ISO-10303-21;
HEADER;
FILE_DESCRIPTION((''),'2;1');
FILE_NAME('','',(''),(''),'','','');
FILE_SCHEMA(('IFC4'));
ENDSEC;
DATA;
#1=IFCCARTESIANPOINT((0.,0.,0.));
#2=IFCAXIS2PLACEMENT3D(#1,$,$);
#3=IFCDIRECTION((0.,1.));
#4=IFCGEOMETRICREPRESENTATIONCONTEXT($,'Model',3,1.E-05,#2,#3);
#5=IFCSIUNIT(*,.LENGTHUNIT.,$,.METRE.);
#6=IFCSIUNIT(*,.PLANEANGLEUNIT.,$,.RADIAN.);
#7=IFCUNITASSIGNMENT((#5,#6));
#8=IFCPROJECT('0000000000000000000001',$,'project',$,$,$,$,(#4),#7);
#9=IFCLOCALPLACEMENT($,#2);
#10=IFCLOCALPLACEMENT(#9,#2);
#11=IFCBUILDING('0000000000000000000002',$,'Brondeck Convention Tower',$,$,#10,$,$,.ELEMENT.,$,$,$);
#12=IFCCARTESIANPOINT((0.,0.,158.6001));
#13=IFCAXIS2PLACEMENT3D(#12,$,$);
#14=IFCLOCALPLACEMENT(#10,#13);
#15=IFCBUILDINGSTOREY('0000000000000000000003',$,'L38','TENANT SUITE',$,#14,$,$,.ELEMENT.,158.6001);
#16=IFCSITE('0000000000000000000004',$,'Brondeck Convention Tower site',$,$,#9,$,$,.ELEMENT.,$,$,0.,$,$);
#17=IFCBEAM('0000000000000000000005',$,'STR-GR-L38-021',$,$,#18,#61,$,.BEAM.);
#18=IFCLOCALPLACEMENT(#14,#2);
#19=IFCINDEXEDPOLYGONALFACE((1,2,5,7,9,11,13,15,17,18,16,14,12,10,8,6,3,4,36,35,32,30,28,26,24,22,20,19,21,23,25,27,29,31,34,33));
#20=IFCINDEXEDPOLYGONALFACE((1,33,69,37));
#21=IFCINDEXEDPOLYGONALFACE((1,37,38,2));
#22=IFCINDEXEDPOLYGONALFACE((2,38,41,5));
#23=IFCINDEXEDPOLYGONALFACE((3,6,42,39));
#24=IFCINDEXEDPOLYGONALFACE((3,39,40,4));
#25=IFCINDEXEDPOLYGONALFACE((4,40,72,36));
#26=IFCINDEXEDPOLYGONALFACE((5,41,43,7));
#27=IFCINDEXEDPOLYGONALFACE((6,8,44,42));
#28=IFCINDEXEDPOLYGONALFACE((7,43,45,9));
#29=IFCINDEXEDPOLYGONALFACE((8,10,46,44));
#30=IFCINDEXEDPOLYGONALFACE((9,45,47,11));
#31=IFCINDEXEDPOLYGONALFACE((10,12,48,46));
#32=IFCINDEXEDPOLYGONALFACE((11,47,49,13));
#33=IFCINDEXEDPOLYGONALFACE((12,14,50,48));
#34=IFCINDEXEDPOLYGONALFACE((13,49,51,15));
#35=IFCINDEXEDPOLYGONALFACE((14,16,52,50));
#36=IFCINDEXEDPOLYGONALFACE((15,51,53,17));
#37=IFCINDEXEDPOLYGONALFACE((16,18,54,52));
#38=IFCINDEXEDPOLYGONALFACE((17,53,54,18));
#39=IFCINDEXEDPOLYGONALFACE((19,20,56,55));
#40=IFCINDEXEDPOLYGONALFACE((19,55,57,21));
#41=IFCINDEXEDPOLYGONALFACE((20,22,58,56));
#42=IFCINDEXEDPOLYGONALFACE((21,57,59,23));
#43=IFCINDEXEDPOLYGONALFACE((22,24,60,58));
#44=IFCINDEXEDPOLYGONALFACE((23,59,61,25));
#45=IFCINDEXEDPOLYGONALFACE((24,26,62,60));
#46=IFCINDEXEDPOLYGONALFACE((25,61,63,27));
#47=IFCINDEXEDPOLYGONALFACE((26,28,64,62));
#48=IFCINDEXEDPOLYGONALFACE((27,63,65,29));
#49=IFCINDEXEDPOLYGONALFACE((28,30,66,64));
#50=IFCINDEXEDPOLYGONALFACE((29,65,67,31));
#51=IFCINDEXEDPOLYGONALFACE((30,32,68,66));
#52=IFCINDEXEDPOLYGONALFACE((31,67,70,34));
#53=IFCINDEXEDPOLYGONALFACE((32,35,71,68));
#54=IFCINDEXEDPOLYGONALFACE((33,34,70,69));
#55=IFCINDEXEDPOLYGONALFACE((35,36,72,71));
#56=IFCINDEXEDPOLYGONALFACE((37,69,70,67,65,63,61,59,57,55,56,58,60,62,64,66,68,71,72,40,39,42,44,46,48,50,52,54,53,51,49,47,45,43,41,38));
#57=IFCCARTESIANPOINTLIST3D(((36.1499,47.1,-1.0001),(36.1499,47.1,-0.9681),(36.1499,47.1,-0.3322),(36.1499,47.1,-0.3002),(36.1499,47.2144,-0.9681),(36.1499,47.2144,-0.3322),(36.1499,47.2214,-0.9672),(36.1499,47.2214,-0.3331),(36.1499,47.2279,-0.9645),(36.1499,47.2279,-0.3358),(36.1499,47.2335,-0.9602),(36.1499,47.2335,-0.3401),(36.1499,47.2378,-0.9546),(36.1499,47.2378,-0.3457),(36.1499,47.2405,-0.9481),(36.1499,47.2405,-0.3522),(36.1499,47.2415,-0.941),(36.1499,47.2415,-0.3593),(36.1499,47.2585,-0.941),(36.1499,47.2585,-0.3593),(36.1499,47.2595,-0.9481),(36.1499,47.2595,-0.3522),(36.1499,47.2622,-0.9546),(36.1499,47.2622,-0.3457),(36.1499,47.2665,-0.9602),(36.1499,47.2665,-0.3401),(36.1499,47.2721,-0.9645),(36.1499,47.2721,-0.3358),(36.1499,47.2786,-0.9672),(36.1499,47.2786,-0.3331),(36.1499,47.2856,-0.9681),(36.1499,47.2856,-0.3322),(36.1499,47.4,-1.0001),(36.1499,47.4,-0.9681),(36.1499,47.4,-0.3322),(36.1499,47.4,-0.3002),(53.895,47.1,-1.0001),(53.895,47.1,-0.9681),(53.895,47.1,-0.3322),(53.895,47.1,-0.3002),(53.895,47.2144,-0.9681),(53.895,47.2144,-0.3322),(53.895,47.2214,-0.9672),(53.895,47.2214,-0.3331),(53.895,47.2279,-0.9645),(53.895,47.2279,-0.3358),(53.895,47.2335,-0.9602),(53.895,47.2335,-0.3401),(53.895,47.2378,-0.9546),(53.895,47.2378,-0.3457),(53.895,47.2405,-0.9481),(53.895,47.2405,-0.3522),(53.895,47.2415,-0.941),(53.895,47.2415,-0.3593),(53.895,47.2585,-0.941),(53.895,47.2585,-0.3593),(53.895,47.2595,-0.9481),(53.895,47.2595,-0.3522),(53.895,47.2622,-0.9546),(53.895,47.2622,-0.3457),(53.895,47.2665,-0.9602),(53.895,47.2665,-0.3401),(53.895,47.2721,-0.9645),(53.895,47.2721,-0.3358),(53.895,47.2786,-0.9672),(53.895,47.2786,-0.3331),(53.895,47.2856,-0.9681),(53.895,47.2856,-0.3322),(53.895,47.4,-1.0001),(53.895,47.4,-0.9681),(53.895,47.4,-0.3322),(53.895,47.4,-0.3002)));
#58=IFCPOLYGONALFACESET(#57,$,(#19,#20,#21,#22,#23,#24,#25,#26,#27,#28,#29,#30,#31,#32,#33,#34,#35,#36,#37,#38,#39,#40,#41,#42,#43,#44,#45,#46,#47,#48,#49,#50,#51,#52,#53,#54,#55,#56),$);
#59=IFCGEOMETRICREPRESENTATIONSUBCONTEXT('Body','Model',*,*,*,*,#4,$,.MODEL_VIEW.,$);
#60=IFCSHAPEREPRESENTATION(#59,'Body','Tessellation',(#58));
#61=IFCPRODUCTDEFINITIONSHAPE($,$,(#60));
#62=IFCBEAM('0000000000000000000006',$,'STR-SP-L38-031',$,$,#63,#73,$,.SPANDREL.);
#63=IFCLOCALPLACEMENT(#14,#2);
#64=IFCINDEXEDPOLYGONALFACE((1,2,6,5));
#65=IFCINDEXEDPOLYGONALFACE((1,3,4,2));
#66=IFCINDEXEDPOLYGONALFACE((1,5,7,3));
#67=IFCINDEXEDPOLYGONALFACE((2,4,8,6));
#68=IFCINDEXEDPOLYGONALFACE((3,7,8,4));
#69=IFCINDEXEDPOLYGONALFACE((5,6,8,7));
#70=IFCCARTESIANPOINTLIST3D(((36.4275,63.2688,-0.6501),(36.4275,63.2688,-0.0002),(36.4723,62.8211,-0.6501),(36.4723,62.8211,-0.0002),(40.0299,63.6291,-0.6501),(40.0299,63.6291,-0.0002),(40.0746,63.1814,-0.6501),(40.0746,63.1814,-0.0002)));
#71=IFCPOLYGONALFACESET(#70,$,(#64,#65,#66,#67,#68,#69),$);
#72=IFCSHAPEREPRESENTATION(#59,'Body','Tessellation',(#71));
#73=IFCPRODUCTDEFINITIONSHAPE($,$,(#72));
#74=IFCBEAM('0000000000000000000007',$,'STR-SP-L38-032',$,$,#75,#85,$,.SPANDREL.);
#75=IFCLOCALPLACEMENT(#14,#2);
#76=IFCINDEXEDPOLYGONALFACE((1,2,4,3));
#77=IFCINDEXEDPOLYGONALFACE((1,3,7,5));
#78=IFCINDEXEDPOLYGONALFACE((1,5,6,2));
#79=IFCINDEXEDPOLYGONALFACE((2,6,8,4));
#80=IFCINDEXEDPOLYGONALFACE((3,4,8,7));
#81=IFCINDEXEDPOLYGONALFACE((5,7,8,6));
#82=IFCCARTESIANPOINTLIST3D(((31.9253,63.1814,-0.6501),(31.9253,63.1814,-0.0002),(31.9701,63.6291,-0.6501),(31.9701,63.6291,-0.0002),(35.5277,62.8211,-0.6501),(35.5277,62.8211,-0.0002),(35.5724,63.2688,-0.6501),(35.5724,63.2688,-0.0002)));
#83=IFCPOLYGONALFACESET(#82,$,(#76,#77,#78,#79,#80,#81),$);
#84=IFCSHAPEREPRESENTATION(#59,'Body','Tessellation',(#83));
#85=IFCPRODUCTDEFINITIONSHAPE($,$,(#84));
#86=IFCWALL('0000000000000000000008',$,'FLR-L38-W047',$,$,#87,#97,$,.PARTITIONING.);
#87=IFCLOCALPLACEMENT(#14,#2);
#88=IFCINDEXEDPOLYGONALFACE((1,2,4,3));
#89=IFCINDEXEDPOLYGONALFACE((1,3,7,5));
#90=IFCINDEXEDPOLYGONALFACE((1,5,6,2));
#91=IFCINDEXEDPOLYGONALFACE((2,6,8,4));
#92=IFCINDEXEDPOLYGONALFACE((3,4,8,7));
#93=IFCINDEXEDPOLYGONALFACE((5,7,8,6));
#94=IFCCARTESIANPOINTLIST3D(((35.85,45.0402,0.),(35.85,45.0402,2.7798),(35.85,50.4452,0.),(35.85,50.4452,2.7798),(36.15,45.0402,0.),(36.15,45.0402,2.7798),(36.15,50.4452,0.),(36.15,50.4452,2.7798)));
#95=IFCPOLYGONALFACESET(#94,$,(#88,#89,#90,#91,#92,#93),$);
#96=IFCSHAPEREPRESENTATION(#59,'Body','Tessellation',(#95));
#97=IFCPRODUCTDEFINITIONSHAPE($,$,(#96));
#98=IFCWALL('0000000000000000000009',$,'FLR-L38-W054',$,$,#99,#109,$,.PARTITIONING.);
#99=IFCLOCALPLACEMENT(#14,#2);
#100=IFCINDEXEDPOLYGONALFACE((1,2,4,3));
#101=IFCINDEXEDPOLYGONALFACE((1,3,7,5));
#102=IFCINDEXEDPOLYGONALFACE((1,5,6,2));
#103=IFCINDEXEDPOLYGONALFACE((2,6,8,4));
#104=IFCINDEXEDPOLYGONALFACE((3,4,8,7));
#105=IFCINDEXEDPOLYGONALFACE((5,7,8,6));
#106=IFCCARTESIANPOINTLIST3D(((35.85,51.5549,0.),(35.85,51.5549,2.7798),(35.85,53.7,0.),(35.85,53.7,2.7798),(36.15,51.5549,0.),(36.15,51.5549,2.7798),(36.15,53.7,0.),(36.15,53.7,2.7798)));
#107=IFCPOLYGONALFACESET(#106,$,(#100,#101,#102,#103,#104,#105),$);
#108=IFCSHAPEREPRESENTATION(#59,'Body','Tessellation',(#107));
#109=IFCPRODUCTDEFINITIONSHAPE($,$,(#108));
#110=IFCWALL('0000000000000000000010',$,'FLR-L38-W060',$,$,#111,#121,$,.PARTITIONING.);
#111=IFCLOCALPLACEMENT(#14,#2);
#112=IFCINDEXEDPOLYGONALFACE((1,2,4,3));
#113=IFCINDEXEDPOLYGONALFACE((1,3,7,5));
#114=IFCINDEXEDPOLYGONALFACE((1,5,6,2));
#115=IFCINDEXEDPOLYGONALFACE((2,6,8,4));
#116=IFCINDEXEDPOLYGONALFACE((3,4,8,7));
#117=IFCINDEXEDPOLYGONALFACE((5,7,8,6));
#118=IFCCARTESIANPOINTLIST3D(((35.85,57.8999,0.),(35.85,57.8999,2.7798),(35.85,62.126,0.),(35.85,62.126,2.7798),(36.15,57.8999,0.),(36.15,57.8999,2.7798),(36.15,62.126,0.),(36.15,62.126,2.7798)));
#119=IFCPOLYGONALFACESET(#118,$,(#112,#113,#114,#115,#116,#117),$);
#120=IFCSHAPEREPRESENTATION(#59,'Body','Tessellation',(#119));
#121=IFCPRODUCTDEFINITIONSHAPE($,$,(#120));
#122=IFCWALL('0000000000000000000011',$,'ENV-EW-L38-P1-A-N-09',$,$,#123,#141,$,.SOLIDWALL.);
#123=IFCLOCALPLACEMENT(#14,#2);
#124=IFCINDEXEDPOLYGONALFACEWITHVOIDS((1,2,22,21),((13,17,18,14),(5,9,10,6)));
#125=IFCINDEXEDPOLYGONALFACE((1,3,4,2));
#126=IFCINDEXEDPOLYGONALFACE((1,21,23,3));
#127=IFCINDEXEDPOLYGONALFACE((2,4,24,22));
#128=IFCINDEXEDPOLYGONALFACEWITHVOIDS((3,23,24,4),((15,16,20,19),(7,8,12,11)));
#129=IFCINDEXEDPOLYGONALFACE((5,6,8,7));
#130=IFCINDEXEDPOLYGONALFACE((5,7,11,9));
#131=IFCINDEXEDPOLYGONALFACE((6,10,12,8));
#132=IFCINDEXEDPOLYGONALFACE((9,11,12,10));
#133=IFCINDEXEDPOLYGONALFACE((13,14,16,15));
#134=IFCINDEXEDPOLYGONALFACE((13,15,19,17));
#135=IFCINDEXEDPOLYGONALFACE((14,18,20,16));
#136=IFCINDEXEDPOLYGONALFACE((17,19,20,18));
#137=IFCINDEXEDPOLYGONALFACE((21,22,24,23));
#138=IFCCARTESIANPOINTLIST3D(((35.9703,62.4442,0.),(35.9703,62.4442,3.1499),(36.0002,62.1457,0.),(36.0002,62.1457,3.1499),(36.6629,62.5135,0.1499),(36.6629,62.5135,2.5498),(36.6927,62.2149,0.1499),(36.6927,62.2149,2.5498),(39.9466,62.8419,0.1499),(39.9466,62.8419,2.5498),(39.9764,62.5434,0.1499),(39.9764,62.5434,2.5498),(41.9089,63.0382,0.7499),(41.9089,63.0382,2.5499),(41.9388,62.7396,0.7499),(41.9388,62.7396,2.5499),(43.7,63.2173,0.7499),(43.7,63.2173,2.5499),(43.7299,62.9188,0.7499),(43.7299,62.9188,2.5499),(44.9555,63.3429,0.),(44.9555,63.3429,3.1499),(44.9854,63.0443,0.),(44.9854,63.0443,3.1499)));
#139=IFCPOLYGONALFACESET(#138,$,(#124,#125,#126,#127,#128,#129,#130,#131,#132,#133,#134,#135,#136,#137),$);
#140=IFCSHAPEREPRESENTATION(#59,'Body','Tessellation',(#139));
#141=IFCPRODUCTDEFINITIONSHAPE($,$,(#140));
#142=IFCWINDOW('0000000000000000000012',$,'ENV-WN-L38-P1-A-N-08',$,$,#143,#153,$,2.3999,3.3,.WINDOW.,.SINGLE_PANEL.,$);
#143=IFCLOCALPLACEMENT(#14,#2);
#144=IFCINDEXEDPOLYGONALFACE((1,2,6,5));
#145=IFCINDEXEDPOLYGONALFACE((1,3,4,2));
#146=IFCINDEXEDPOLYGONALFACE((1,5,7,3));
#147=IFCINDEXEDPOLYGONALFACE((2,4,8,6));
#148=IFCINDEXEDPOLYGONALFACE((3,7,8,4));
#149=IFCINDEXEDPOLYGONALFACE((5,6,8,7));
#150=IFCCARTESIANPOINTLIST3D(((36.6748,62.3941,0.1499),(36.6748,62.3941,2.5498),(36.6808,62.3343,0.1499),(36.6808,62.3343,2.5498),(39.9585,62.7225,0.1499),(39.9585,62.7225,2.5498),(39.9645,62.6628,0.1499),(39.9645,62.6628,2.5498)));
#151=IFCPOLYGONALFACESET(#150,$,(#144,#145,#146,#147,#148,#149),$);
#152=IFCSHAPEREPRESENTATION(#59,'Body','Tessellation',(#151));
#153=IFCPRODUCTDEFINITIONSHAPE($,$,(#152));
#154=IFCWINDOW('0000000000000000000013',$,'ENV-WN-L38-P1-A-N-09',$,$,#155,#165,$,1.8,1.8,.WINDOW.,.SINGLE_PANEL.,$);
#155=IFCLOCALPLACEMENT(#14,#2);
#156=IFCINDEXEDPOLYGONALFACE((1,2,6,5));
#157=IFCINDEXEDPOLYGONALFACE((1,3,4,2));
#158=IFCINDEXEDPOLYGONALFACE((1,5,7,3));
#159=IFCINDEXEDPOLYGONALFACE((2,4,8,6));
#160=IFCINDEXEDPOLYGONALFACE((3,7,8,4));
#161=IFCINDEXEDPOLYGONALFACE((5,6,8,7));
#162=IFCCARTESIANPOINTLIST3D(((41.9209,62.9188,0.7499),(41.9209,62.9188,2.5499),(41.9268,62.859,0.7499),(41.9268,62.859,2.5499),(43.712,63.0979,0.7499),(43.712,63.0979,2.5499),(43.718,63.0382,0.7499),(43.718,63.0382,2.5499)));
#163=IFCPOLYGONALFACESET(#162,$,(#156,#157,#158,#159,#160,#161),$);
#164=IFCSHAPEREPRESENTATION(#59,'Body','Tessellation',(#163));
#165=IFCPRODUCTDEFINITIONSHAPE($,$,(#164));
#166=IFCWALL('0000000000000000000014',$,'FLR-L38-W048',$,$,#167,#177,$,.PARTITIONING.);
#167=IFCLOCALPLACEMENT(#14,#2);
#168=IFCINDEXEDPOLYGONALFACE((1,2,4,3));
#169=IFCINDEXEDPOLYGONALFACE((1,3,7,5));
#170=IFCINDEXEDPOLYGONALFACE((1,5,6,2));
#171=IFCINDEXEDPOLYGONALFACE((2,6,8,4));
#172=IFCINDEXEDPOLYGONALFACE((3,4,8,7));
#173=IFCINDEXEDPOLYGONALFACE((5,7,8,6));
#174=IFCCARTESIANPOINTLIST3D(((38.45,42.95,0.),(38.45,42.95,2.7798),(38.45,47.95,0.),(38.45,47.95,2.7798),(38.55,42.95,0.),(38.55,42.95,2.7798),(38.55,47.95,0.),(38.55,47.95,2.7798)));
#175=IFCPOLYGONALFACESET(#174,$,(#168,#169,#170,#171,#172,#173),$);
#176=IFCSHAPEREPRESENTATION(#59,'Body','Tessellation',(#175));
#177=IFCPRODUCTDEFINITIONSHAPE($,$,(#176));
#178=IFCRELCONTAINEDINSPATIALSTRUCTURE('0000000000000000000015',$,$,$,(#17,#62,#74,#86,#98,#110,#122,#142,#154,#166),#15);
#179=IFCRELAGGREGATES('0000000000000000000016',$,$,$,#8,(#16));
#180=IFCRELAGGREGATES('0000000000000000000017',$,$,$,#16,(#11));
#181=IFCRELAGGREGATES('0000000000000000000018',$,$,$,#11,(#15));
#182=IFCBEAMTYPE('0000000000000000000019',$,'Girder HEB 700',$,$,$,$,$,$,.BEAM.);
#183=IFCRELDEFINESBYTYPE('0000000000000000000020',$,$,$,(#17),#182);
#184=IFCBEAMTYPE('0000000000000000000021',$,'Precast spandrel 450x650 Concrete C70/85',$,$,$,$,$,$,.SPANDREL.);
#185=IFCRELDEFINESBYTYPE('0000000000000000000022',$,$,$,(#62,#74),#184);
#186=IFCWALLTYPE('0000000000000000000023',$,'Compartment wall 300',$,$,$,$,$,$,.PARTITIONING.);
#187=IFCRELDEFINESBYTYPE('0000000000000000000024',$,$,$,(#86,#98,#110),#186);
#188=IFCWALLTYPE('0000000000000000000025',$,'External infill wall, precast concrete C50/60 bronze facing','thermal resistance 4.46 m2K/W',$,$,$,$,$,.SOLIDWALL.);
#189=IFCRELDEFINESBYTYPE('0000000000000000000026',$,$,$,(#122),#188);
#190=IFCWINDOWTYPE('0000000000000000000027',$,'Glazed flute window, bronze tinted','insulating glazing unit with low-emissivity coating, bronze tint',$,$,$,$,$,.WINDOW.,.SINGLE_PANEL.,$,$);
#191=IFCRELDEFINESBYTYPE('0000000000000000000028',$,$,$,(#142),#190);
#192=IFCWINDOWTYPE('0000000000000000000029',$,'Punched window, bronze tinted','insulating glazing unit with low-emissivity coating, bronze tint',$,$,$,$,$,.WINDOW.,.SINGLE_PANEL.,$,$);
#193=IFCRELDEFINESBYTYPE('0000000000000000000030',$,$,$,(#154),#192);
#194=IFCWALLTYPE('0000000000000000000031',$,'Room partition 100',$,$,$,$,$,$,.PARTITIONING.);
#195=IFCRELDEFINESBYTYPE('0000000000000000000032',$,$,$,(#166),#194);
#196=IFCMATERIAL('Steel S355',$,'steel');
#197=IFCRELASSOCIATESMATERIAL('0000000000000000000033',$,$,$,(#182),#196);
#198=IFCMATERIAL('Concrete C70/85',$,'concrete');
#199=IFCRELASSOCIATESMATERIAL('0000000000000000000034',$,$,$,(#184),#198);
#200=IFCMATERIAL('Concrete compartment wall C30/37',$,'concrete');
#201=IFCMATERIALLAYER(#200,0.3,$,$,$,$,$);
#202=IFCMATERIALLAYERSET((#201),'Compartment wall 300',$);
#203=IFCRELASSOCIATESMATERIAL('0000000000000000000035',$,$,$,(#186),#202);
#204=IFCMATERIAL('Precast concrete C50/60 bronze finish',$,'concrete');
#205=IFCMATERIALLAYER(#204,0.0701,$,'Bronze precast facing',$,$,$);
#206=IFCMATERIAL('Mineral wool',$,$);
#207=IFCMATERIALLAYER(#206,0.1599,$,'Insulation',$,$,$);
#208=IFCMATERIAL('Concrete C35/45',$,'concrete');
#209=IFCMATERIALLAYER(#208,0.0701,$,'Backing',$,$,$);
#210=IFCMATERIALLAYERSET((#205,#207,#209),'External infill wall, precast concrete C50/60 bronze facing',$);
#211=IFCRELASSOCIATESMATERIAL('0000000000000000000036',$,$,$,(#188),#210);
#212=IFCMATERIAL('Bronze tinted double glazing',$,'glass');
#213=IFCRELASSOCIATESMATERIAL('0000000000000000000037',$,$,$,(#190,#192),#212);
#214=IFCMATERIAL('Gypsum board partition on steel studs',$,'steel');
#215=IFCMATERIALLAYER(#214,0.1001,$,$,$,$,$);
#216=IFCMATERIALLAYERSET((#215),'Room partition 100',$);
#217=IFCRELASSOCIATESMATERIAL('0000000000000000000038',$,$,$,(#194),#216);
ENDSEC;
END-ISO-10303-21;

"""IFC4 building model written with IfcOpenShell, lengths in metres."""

from ifc_helpers import new_model, si_unit, direction, frame, frame_2d, origin, origin_2d, place, context, subcontext, project, spatial, rectangle, i_section, extrude, material, layer, layer_set, material_profile, profile_set, type_object, element, fill, save


model = new_model("IFC4")

# Units and contexts
model_context = context("Model", 3, precision=1e-05, world=origin(), true_north=direction((0.0, 1.0)))
body_context = subcontext(model_context, "Body", "Model", "MODEL_VIEW")
ifc_project = project(units=[si_unit("LENGTHUNIT", "METRE"), si_unit("PLANEANGLEUNIT", "RADIAN")], contexts=[model_context])

# Site, building, storey
site_placement = place(None, origin())
site = spatial("IfcSite", under=ifc_project, at=site_placement, Name="Brondeck Convention Tower site", CompositionType="ELEMENT", RefElevation=0.0)
building_placement = place(site_placement, origin())
building = spatial("IfcBuilding", under=site, at=building_placement, Name="Brondeck Convention Tower", CompositionType="ELEMENT")
storey_placement = place(building_placement, frame((0.0, 0.0, 158.6001)))
storey = spatial("IfcBuildingStorey", under=building, at=storey_placement, Name="L38", Description="TENANT SUITE", CompositionType="ELEMENT", Elevation=158.6001)

# Shared definitions
ifc_material_1 = material(Name="Concrete C70/85", Category="concrete")

# Beams
ifc_material_2 = material(Name="Steel S355", Category="steel")
ifc_material_profile_1 = material_profile(ifc_material_2, i_section(OverallWidth=0.3, OverallDepth=0.7, WebThickness=0.0171, FlangeThickness=0.032, FilletRadius=0.0271, at=origin_2d()), Name="HEB 700")
ifc_profile_set_1 = profile_set([ifc_material_profile_1], Name="Steel S355")
beam_type_1 = type_object("IfcBeamType", Name="Girder HEB 700", PredefinedType="BEAM", material=ifc_profile_set_1)
beam_1_placement = place(storey_placement, frame((36.1499, 47.25, -0.6501), z_axis=(1.0, 0.0, 0.0), x_axis=(0.0, 1.0, 0.0)))
element("IfcBeam", 1, at=beam_1_placement, inside=storey, type_object=beam_type_1, Name="STR-GR-L38-021", PredefinedType="BEAM", context=body_context, shape_type="SweptSolid", body=[
    extrude(i_section(OverallWidth=0.3, OverallDepth=0.7, WebThickness=0.0171, FlangeThickness=0.032, FilletRadius=0.0271, at=origin_2d()), origin(), (0.0, 0.0, 1.0), 17.7451),
])
ifc_material_profile_2 = material_profile(ifc_material_1, rectangle(XDim=0.45, YDim=0.6499, at=origin_2d()), Name="Precast spandrel 450x650 Concrete C70/85")
ifc_profile_set_2 = profile_set([ifc_material_profile_2], Name="Concrete C70/85")
beam_type_2 = type_object("IfcBeamType", Name="Precast spandrel 450x650 Concrete C70/85", PredefinedType="SPANDREL", material=ifc_profile_set_2)
for number, where, z_axis, x_axis, name in (
    (2, (40.0522, 63.4053, -0.3252), (-0.995034, -0.099537, 0.0), (0.099537, -0.995034, 0.0), "STR-SP-L38-031"),
    (3, (35.55, 63.0449, -0.3252), (-0.995034, 0.099537, 0.0), (-0.099537, -0.995034, 0.0), "STR-SP-L38-032"),
):
    element("IfcBeam", number, at=place(storey_placement, frame(where, z_axis=z_axis, x_axis=x_axis)), inside=storey, type_object=beam_type_2, Name=name, PredefinedType="SPANDREL", context=body_context, shape_type="SweptSolid", body=[
        extrude(rectangle(XDim=0.45, YDim=0.6499, at=origin_2d()), origin(), (0.0, 0.0, 1.0), 3.6204),
    ])

# Walls
ifc_material_3 = material(Name="Concrete compartment wall C30/37", Category="concrete")
ifc_layer_1 = layer(ifc_material_3, 0.3)
ifc_layer_set_1 = layer_set([ifc_layer_1], Name="Compartment wall 300")
wall_type_1 = type_object("IfcWallType", Name="Compartment wall 300", PredefinedType="PARTITIONING", material=ifc_layer_set_1)
wall_1_placement = place(storey_placement, frame((36.0, 45.04, 0.0), z_axis=(0.0, 0.0, 1.0), x_axis=(0.0, 1.0, 0.0)))
element("IfcWall", 4, at=wall_1_placement, inside=storey, type_object=wall_type_1, Name="FLR-L38-W047", PredefinedType="PARTITIONING", context=body_context, shape_type="SweptSolid", body=[
    extrude(rectangle(XDim=5.405, YDim=0.3, at=frame_2d((2.7026, 0.0))), origin(), (0.0, 0.0, 1.0), 2.7798),
])
wall_2_placement = place(storey_placement, frame((36.0, 51.5549, 0.0), z_axis=(0.0, 0.0, 1.0), x_axis=(0.0, 1.0, 0.0)))
element("IfcWall", 5, at=wall_2_placement, inside=storey, type_object=wall_type_1, Name="FLR-L38-W054", PredefinedType="PARTITIONING", context=body_context, shape_type="SweptSolid", body=[
    extrude(rectangle(XDim=2.145, YDim=0.3, at=frame_2d((1.0725, 0.0))), origin(), (0.0, 0.0, 1.0), 2.7798),
])
wall_3_placement = place(storey_placement, frame((36.0, 57.8999, 0.0), z_axis=(0.0, 0.0, 1.0), x_axis=(0.0, 1.0, 0.0)))
element("IfcWall", 6, at=wall_3_placement, inside=storey, type_object=wall_type_1, Name="FLR-L38-W060", PredefinedType="PARTITIONING", context=body_context, shape_type="SweptSolid", body=[
    extrude(rectangle(XDim=4.2261, YDim=0.3, at=frame_2d((2.113, 0.0))), origin(), (0.0, 0.0, 1.0), 2.7798),
])

# Wall, openings, windows
ifc_material_4 = material(Name="Precast concrete C50/60 bronze finish", Category="concrete")
ifc_layer_2 = layer(ifc_material_4, 0.0701, Name="Bronze precast facing")
ifc_material_5 = material(Name="Mineral wool")
ifc_layer_3 = layer(ifc_material_5, 0.1599, Name="Insulation")
ifc_material_6 = material(Name="Concrete C35/45", Category="concrete")
ifc_layer_4 = layer(ifc_material_6, 0.0701, Name="Backing")
ifc_layer_set_2 = layer_set([ifc_layer_2, ifc_layer_3, ifc_layer_4], Name="External infill wall, precast concrete C50/60 bronze facing")
wall_type_2 = type_object("IfcWallType", Name="External infill wall, precast concrete C50/60 bronze facing", Description="thermal resistance 4.46 m2K/W", PredefinedType="SOLIDWALL", material=ifc_layer_set_2)
wall_4_placement = place(storey_placement, frame((35.9851, 62.2949, 0.0), z_axis=(0.0, 0.0, 1.0), x_axis=(0.995035, 0.099522, 0.0)))
wall_4 = element("IfcWall", 7, at=wall_4_placement, inside=storey, type_object=wall_type_2, Name="ENV-EW-L38-P1-A-N-09", PredefinedType="SOLIDWALL", context=body_context, shape_type="SweptSolid", body=[
    extrude(rectangle(XDim=9.03, YDim=0.3, at=frame_2d((4.5151, 0.0))), origin(), (0.0, 0.0, 1.0), 3.1499),
])
opening_1_placement = place(wall_4_placement, frame((0.6963, 0.0, 0.1499)))
opening_1 = element("IfcOpeningElement", 8, at=opening_1_placement, cuts=wall_4, PredefinedType="OPENING", context=body_context, shape_type="SweptSolid", body=[
    extrude(rectangle(XDim=3.3, YDim=2.3999, at=frame_2d((1.6499, 1.2))), frame((0.0, 0.1599, 0.0), z_axis=(0.0, -1.0, 0.0), x_axis=(1.0, 0.0, 0.0)), (0.0, 0.0, 1.0), 0.3201),
])
opening_2_placement = place(wall_4_placement, frame((5.9685, 0.0, 0.75)))
opening_2 = element("IfcOpeningElement", 9, at=opening_2_placement, cuts=wall_4, PredefinedType="OPENING", context=body_context, shape_type="SweptSolid", body=[
    extrude(rectangle(XDim=1.8, YDim=1.8, at=frame_2d((0.8999, 0.8999))), frame((0.0, 0.1599, 0.0), z_axis=(0.0, -1.0, 0.0), x_axis=(1.0, 0.0, 0.0)), (0.0, 0.0, 1.0), 0.3201),
])
ifc_material_7 = material(Name="Bronze tinted double glazing", Category="glass")
window_type_1 = type_object("IfcWindowType", Name="Glazed flute window, bronze tinted", Description="insulating glazing unit with low-emissivity coating, bronze tint", PartitioningType="SINGLE_PANEL", PredefinedType="WINDOW", material=ifc_material_7)
window_1_placement = place(opening_1_placement, origin())
window_1 = element("IfcWindow", 10, at=window_1_placement, inside=storey, type_object=window_type_1, Name="ENV-WN-L38-P1-A-N-08", OverallHeight=2.3999, OverallWidth=3.3, PartitioningType="SINGLE_PANEL", PredefinedType="WINDOW", context=body_context, shape_type="SweptSolid", body=[
    extrude(rectangle(XDim=3.3, YDim=2.3999, at=frame_2d((1.6499, 1.2))), frame((0.0, 0.03, 0.0), z_axis=(0.0, -1.0, 0.0), x_axis=(1.0, 0.0, 0.0)), (0.0, 0.0, 1.0), 0.0601),
])
fill(opening_1, window_1)
window_type_2 = type_object("IfcWindowType", Name="Punched window, bronze tinted", Description="insulating glazing unit with low-emissivity coating, bronze tint", PartitioningType="SINGLE_PANEL", PredefinedType="WINDOW", material=ifc_material_7)
window_2_placement = place(opening_2_placement, origin())
window_2 = element("IfcWindow", 11, at=window_2_placement, inside=storey, type_object=window_type_2, Name="ENV-WN-L38-P1-A-N-09", OverallHeight=1.8, OverallWidth=1.8, PartitioningType="SINGLE_PANEL", PredefinedType="WINDOW", context=body_context, shape_type="SweptSolid", body=[
    extrude(rectangle(XDim=1.8, YDim=1.8, at=frame_2d((0.8999, 0.8999))), frame((0.0, 0.03, 0.0), z_axis=(0.0, -1.0, 0.0), x_axis=(1.0, 0.0, 0.0)), (0.0, 0.0, 1.0), 0.0601),
])
fill(opening_2, window_2)

# Wall
ifc_material_8 = material(Name="Gypsum board partition on steel studs", Category="steel")
ifc_layer_5 = layer(ifc_material_8, 0.1001)
ifc_layer_set_3 = layer_set([ifc_layer_5], Name="Room partition 100")
wall_type_3 = type_object("IfcWallType", Name="Room partition 100", PredefinedType="PARTITIONING", material=ifc_layer_set_3)
wall_5_placement = place(storey_placement, frame((38.5, 47.95, 0.0), z_axis=(0.0, 0.0, 1.0), x_axis=(0.0, -1.0, 0.0)))
element("IfcWall", 12, at=wall_5_placement, inside=storey, type_object=wall_type_3, Name="FLR-L38-W048", PredefinedType="PARTITIONING", context=body_context, shape_type="SweptSolid", body=[
    extrude(rectangle(XDim=5.0, YDim=0.1001, at=frame_2d((2.5, 0.0))), origin(), (0.0, 0.0, 1.0), 2.7798),
])

save(model, "model.ifc")
